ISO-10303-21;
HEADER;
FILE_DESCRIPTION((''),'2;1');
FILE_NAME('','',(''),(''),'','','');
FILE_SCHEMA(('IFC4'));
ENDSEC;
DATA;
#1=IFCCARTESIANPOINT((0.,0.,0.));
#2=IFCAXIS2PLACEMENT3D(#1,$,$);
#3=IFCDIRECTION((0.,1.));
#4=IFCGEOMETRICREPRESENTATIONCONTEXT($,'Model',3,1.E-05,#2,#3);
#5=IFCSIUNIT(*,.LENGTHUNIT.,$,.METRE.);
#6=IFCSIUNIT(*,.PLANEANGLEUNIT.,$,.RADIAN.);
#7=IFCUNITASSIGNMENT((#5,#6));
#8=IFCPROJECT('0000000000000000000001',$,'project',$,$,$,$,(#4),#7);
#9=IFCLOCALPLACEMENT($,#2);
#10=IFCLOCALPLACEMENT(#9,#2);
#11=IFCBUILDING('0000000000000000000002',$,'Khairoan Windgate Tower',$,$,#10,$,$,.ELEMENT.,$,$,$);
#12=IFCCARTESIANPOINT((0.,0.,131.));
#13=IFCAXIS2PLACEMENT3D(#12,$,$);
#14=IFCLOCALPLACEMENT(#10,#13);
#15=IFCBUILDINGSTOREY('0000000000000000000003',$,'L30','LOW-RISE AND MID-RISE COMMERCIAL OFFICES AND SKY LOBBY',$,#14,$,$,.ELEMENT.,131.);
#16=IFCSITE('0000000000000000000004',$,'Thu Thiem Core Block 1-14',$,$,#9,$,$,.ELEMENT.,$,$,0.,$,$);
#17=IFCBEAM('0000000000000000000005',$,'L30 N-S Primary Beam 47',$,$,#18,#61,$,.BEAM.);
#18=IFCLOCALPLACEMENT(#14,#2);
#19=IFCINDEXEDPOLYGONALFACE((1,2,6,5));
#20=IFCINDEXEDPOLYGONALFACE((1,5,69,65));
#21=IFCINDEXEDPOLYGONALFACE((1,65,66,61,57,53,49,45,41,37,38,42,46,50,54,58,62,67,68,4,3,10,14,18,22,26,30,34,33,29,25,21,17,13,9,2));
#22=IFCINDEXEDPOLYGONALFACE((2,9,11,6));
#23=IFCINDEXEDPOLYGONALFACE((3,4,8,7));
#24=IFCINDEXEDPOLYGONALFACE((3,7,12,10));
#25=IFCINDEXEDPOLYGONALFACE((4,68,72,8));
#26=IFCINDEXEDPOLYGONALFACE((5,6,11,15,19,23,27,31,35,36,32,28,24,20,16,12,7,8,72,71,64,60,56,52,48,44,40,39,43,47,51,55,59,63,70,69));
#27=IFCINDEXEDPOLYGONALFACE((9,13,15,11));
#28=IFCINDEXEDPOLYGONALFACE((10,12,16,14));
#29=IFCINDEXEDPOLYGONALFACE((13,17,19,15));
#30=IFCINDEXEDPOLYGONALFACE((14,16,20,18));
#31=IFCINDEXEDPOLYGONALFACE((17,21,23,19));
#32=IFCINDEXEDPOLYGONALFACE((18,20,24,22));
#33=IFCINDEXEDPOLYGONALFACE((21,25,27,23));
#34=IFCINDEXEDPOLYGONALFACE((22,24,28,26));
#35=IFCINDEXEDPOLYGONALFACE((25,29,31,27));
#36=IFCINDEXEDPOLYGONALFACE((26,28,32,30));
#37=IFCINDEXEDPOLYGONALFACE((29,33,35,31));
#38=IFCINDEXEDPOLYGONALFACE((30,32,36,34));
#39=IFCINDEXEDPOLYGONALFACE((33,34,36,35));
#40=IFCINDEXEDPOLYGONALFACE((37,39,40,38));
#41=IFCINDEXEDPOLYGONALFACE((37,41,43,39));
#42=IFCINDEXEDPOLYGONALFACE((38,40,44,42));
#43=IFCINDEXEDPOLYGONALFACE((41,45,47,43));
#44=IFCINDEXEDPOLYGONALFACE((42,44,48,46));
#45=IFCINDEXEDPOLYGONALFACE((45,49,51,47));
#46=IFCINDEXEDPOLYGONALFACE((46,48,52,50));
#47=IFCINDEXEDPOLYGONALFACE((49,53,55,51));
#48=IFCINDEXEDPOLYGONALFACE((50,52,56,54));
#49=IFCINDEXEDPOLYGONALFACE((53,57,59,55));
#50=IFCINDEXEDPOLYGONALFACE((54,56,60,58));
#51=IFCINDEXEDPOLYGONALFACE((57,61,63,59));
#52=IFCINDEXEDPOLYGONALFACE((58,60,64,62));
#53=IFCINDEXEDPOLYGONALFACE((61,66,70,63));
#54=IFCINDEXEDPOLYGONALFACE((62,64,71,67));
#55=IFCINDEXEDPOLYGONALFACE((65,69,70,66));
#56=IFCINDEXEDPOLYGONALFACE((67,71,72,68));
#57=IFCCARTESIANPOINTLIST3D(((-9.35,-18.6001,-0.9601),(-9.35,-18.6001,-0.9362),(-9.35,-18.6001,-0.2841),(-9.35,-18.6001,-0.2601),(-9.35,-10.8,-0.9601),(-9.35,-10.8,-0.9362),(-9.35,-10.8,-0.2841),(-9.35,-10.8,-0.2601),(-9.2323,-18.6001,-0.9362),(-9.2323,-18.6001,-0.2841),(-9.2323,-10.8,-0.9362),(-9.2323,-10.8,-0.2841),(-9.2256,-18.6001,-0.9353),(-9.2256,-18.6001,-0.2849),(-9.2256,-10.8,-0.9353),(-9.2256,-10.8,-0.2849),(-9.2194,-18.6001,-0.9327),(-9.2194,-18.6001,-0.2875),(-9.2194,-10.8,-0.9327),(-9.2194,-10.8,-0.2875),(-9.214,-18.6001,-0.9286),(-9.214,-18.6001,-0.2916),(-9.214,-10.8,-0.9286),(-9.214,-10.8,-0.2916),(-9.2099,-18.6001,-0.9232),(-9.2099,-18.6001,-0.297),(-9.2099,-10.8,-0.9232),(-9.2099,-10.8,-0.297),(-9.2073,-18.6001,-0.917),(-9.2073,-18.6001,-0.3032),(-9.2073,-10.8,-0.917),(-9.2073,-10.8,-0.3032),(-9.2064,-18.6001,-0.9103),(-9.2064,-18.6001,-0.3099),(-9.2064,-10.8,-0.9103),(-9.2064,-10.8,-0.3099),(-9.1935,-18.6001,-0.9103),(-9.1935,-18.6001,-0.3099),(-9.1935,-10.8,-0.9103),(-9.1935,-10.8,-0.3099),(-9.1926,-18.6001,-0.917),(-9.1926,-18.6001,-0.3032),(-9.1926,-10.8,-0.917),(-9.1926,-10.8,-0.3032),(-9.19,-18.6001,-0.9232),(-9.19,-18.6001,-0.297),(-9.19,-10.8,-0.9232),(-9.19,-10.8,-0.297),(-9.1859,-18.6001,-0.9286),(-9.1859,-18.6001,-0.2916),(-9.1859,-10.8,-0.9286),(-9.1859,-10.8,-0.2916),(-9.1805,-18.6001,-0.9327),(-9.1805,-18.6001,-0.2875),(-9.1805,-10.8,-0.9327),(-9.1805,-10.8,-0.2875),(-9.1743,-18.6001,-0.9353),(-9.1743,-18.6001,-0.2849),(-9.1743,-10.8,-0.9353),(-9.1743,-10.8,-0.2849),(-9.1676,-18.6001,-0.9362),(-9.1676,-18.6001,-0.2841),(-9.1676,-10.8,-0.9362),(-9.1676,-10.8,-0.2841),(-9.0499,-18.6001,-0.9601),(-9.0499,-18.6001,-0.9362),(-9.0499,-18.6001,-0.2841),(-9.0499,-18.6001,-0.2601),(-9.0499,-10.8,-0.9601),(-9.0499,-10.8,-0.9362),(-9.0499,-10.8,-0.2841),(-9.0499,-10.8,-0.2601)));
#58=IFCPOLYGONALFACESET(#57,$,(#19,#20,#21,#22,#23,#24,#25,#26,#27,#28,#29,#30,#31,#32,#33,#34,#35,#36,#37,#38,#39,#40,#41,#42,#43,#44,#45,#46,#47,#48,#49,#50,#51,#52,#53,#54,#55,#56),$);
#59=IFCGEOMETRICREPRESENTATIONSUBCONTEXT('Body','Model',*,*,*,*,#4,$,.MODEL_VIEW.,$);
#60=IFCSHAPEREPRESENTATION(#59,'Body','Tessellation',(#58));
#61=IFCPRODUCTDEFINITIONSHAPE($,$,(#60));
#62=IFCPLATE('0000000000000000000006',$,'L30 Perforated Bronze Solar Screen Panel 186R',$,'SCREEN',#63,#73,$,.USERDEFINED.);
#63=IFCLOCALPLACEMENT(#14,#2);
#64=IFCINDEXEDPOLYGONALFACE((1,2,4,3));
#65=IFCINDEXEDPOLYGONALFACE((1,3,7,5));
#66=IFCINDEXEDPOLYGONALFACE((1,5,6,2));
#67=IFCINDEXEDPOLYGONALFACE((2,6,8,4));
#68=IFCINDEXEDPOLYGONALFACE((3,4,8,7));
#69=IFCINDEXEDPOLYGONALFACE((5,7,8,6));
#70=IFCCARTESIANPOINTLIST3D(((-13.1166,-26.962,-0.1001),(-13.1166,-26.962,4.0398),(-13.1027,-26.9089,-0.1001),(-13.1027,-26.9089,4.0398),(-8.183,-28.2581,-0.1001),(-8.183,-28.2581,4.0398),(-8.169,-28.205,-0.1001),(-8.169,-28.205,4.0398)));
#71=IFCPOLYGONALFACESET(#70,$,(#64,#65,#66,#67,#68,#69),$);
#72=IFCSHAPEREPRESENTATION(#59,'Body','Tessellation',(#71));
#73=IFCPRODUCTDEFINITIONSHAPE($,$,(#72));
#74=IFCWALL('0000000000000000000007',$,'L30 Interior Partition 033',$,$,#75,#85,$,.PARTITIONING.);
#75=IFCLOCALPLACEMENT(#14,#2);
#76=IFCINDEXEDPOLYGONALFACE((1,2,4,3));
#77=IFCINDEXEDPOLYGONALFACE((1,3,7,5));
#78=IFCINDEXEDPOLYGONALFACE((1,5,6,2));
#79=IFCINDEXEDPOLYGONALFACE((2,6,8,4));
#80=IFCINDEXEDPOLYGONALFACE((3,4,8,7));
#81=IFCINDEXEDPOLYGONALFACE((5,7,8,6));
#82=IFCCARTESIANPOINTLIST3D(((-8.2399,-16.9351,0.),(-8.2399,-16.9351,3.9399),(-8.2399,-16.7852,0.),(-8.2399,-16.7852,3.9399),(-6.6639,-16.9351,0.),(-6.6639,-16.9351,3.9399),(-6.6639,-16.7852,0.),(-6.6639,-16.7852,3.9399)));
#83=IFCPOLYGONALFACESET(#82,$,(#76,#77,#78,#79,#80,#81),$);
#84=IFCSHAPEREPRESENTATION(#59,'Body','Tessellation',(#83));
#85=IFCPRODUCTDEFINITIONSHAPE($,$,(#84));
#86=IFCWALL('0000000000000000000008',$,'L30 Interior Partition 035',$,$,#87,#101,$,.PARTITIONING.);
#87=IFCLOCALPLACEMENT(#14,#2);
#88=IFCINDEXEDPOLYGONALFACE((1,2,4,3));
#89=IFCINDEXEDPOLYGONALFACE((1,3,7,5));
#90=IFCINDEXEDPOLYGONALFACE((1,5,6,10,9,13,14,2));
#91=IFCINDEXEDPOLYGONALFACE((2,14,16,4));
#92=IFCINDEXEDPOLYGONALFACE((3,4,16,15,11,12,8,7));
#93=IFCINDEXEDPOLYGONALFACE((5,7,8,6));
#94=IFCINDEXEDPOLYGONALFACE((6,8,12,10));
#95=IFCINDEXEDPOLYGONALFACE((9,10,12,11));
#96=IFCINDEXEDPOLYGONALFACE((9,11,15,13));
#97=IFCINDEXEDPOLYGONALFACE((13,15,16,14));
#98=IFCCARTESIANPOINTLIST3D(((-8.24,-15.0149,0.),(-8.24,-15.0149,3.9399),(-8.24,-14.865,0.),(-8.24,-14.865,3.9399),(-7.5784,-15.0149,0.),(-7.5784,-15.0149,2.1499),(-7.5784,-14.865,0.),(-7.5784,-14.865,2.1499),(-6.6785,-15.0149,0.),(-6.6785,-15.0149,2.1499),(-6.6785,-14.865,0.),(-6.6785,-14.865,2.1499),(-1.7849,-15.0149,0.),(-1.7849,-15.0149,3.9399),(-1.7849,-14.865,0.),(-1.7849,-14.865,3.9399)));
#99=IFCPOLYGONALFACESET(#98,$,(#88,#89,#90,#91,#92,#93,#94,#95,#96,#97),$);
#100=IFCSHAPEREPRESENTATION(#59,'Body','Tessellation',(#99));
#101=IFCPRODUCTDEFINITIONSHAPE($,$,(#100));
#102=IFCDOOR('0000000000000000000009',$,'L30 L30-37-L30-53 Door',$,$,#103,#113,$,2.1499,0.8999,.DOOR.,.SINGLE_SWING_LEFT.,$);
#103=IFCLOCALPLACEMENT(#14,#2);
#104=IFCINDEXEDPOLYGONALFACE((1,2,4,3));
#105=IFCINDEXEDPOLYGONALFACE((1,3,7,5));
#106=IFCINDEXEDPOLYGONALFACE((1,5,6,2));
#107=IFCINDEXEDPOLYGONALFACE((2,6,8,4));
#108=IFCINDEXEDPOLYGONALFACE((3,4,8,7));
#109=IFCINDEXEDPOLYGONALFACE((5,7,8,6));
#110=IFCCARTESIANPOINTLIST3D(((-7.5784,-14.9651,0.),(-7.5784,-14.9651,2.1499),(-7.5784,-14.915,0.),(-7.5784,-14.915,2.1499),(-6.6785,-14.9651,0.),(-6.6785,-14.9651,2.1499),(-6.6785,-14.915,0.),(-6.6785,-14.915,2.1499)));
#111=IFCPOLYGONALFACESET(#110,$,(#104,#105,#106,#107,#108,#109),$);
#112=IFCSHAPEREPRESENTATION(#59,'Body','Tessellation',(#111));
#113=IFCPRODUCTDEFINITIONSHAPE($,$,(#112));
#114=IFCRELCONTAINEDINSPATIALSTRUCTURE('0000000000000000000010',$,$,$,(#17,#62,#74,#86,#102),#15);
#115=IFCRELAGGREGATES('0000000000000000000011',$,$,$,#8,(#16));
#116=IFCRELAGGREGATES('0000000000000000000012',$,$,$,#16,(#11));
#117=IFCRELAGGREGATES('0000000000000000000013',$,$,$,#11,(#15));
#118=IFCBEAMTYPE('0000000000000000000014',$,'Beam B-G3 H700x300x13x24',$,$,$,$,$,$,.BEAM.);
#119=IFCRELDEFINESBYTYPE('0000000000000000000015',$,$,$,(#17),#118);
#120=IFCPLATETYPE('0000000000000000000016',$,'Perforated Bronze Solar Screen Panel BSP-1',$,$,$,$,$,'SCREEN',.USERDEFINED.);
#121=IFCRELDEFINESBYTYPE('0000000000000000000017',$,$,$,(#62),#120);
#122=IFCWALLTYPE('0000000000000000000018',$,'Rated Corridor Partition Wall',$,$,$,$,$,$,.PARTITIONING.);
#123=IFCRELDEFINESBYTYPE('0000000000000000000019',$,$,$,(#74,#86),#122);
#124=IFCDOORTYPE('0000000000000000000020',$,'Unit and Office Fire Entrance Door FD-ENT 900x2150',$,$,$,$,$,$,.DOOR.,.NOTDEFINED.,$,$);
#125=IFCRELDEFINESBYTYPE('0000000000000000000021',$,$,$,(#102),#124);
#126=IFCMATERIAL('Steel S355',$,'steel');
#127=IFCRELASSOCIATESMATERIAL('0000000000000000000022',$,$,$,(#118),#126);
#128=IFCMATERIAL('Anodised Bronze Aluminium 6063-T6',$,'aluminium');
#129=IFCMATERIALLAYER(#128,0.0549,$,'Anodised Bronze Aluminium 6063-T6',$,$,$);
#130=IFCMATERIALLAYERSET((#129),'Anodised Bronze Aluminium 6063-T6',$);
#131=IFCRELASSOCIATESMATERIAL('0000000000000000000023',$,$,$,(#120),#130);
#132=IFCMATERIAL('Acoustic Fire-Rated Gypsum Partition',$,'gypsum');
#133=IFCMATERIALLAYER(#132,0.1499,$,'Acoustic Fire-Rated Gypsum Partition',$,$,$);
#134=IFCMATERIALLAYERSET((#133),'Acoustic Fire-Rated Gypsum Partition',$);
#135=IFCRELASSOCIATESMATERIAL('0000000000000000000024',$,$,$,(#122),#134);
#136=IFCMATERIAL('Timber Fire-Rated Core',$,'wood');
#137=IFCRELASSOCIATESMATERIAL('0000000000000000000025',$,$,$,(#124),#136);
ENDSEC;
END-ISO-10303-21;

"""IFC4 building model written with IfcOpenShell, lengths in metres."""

from ifc_helpers import new_model, si_unit, direction, frame, frame_2d, origin, origin_2d, place, context, subcontext, project, spatial, rectangle, i_section, extrude, material, layer, layer_set, material_profile, profile_set, type_object, element, fill, save


model = new_model("IFC4")

# Units and contexts
model_context = context("Model", 3, precision=1e-05, world=origin(), true_north=direction((0.0, 1.0)))
body_context = subcontext(model_context, "Body", "Model", "MODEL_VIEW")
ifc_project = project(units=[si_unit("LENGTHUNIT", "METRE"), si_unit("PLANEANGLEUNIT", "RADIAN")], contexts=[model_context])

# Site, building, storey
site_placement = place(None, origin())
site = spatial("IfcSite", under=ifc_project, at=site_placement, Name="Thu Thiem Core Block 1-14", CompositionType="ELEMENT", RefElevation=0.0)
building_placement = place(site_placement, origin())
building = spatial("IfcBuilding", under=site, at=building_placement, Name="Khairoan Windgate Tower", CompositionType="ELEMENT")
storey_placement = place(building_placement, frame((0.0, 0.0, 131.0)))
storey = spatial("IfcBuildingStorey", under=building, at=storey_placement, Name="L30", Description="LOW-RISE AND MID-RISE COMMERCIAL OFFICES AND SKY LOBBY", CompositionType="ELEMENT", Elevation=131.0)

# Beam
ifc_material_1 = material(Name="Steel S355", Category="steel")
ifc_material_profile_1 = material_profile(ifc_material_1, i_section(OverallWidth=0.3, OverallDepth=0.7, WebThickness=0.0129, FlangeThickness=0.0239, FilletRadius=0.0259, at=origin_2d()))
ifc_profile_set_1 = profile_set([ifc_material_profile_1], Name="Steel S355")
beam_type = type_object("IfcBeamType", Name="Beam B-G3 H700x300x13x24", PredefinedType="BEAM", material=ifc_profile_set_1)
beam_1_placement = place(storey_placement, frame((-9.2, -18.6001, -0.6101), z_axis=(0.0, 1.0, 0.0), x_axis=(-1.0, 0.0, 0.0)))
element("IfcBeam", 1, at=beam_1_placement, inside=storey, type_object=beam_type, Name="L30 N-S Primary Beam 47", PredefinedType="BEAM", context=body_context, shape_type="SweptSolid", body=[
    extrude(i_section(OverallWidth=0.3, OverallDepth=0.7, WebThickness=0.0129, FlangeThickness=0.0239, FilletRadius=0.0259, at=origin_2d()), origin(), (0.0, 0.0, 1.0), 7.8),
])

# Plate
ifc_material_2 = material(Name="Anodised Bronze Aluminium 6063-T6", Category="aluminium")
ifc_layer_1 = layer(ifc_material_2, 0.0549, Name="Anodised Bronze Aluminium 6063-T6")
ifc_layer_set_1 = layer_set([ifc_layer_1], Name="Anodised Bronze Aluminium 6063-T6")
plate_type = type_object("IfcPlateType", Name="Perforated Bronze Solar Screen Panel BSP-1", ElementType="SCREEN", PredefinedType="USERDEFINED", material=ifc_layer_set_1)
plate_placement = place(storey_placement, frame((-10.6428, -27.5835, -0.1001), z_axis=(0.0, 0.0, 1.0), x_axis=(-0.967179, 0.254096, 0.0)))
element("IfcPlate", 2, at=plate_placement, inside=storey, type_object=plate_type, Name="L30 Perforated Bronze Solar Screen Panel 186R", ObjectType="SCREEN", PredefinedType="USERDEFINED", context=body_context, shape_type="SweptSolid", body=[
    extrude(rectangle(XDim=5.1011, YDim=0.0549, at=origin_2d()), origin(), (0.0, 0.0, 1.0), 4.1399),
])

# Wall
ifc_material_3 = material(Name="Acoustic Fire-Rated Gypsum Partition", Category="gypsum")
ifc_layer_2 = layer(ifc_material_3, 0.1499, Name="Acoustic Fire-Rated Gypsum Partition")
ifc_layer_set_2 = layer_set([ifc_layer_2], Name="Acoustic Fire-Rated Gypsum Partition")
wall_type_1 = type_object("IfcWallType", Name="Rated Corridor Partition Wall", PredefinedType="PARTITIONING", material=ifc_layer_set_2)
wall_1_placement = place(storey_placement, frame((-8.24, -16.8601, 0.0), z_axis=(0.0, 0.0, 1.0), x_axis=(1.0, 0.0, 0.0)))
element("IfcWall", 3, at=wall_1_placement, inside=storey, type_object=wall_type_1, Name="L30 Interior Partition 033", PredefinedType="PARTITIONING", context=body_context, shape_type="SweptSolid", body=[
    extrude(rectangle(XDim=1.5759, YDim=0.1499, at=frame_2d((0.7881, 0.0))), origin(), (0.0, 0.0, 1.0), 3.9399),
])

# Wall, opening, door
wall_2_placement = place(storey_placement, frame((-8.24, -14.9399, 0.0), z_axis=(0.0, 0.0, 1.0), x_axis=(1.0, 0.0, 0.0)))
wall_2 = element("IfcWall", 4, at=wall_2_placement, inside=storey, type_object=wall_type_1, Name="L30 Interior Partition 035", PredefinedType="PARTITIONING", context=body_context, shape_type="SweptSolid", body=[
    extrude(rectangle(XDim=6.4551, YDim=0.1499, at=frame_2d((3.2275, 0.0))), origin(), (0.0, 0.0, 1.0), 3.9399),
])
opening_1_placement = place(wall_2_placement, frame((0.6616, 0.0, 0.0)))
opening_1 = element("IfcOpeningElement", 5, at=opening_1_placement, cuts=wall_2, PredefinedType="OPENING", context=body_context, shape_type="SweptSolid", body=[
    extrude(rectangle(XDim=0.8999, YDim=2.1499, at=frame_2d((0.45, 1.075))), frame((0.0, 0.085, 0.0), z_axis=(0.0, -1.0, 0.0), x_axis=(1.0, 0.0, 0.0)), (0.0, 0.0, 1.0), 0.1699),
])
ifc_material_4 = material(Name="Timber Fire-Rated Core", Category="wood")
door_type_1 = type_object("IfcDoorType", Name="Unit and Office Fire Entrance Door FD-ENT 900x2150", OperationType="NOTDEFINED", PredefinedType="DOOR", material=ifc_material_4)
door_1_placement = place(opening_1_placement, origin())
door_1 = element("IfcDoor", 6, at=door_1_placement, inside=storey, type_object=door_type_1, Name="L30 L30-37-L30-53 Door", OperationType="SINGLE_SWING_LEFT", OverallHeight=2.1499, OverallWidth=0.8999, PredefinedType="DOOR", context=body_context, shape_type="SweptSolid", body=[
    extrude(rectangle(XDim=0.8999, YDim=2.1499, at=frame_2d((0.45, 1.075))), frame((0.0, 0.0249, 0.0), z_axis=(0.0, -1.0, 0.0), x_axis=(1.0, 0.0, 0.0)), (0.0, 0.0, 1.0), 0.05),
])
fill(opening_1, door_1)

save(model, "model.ifc")
